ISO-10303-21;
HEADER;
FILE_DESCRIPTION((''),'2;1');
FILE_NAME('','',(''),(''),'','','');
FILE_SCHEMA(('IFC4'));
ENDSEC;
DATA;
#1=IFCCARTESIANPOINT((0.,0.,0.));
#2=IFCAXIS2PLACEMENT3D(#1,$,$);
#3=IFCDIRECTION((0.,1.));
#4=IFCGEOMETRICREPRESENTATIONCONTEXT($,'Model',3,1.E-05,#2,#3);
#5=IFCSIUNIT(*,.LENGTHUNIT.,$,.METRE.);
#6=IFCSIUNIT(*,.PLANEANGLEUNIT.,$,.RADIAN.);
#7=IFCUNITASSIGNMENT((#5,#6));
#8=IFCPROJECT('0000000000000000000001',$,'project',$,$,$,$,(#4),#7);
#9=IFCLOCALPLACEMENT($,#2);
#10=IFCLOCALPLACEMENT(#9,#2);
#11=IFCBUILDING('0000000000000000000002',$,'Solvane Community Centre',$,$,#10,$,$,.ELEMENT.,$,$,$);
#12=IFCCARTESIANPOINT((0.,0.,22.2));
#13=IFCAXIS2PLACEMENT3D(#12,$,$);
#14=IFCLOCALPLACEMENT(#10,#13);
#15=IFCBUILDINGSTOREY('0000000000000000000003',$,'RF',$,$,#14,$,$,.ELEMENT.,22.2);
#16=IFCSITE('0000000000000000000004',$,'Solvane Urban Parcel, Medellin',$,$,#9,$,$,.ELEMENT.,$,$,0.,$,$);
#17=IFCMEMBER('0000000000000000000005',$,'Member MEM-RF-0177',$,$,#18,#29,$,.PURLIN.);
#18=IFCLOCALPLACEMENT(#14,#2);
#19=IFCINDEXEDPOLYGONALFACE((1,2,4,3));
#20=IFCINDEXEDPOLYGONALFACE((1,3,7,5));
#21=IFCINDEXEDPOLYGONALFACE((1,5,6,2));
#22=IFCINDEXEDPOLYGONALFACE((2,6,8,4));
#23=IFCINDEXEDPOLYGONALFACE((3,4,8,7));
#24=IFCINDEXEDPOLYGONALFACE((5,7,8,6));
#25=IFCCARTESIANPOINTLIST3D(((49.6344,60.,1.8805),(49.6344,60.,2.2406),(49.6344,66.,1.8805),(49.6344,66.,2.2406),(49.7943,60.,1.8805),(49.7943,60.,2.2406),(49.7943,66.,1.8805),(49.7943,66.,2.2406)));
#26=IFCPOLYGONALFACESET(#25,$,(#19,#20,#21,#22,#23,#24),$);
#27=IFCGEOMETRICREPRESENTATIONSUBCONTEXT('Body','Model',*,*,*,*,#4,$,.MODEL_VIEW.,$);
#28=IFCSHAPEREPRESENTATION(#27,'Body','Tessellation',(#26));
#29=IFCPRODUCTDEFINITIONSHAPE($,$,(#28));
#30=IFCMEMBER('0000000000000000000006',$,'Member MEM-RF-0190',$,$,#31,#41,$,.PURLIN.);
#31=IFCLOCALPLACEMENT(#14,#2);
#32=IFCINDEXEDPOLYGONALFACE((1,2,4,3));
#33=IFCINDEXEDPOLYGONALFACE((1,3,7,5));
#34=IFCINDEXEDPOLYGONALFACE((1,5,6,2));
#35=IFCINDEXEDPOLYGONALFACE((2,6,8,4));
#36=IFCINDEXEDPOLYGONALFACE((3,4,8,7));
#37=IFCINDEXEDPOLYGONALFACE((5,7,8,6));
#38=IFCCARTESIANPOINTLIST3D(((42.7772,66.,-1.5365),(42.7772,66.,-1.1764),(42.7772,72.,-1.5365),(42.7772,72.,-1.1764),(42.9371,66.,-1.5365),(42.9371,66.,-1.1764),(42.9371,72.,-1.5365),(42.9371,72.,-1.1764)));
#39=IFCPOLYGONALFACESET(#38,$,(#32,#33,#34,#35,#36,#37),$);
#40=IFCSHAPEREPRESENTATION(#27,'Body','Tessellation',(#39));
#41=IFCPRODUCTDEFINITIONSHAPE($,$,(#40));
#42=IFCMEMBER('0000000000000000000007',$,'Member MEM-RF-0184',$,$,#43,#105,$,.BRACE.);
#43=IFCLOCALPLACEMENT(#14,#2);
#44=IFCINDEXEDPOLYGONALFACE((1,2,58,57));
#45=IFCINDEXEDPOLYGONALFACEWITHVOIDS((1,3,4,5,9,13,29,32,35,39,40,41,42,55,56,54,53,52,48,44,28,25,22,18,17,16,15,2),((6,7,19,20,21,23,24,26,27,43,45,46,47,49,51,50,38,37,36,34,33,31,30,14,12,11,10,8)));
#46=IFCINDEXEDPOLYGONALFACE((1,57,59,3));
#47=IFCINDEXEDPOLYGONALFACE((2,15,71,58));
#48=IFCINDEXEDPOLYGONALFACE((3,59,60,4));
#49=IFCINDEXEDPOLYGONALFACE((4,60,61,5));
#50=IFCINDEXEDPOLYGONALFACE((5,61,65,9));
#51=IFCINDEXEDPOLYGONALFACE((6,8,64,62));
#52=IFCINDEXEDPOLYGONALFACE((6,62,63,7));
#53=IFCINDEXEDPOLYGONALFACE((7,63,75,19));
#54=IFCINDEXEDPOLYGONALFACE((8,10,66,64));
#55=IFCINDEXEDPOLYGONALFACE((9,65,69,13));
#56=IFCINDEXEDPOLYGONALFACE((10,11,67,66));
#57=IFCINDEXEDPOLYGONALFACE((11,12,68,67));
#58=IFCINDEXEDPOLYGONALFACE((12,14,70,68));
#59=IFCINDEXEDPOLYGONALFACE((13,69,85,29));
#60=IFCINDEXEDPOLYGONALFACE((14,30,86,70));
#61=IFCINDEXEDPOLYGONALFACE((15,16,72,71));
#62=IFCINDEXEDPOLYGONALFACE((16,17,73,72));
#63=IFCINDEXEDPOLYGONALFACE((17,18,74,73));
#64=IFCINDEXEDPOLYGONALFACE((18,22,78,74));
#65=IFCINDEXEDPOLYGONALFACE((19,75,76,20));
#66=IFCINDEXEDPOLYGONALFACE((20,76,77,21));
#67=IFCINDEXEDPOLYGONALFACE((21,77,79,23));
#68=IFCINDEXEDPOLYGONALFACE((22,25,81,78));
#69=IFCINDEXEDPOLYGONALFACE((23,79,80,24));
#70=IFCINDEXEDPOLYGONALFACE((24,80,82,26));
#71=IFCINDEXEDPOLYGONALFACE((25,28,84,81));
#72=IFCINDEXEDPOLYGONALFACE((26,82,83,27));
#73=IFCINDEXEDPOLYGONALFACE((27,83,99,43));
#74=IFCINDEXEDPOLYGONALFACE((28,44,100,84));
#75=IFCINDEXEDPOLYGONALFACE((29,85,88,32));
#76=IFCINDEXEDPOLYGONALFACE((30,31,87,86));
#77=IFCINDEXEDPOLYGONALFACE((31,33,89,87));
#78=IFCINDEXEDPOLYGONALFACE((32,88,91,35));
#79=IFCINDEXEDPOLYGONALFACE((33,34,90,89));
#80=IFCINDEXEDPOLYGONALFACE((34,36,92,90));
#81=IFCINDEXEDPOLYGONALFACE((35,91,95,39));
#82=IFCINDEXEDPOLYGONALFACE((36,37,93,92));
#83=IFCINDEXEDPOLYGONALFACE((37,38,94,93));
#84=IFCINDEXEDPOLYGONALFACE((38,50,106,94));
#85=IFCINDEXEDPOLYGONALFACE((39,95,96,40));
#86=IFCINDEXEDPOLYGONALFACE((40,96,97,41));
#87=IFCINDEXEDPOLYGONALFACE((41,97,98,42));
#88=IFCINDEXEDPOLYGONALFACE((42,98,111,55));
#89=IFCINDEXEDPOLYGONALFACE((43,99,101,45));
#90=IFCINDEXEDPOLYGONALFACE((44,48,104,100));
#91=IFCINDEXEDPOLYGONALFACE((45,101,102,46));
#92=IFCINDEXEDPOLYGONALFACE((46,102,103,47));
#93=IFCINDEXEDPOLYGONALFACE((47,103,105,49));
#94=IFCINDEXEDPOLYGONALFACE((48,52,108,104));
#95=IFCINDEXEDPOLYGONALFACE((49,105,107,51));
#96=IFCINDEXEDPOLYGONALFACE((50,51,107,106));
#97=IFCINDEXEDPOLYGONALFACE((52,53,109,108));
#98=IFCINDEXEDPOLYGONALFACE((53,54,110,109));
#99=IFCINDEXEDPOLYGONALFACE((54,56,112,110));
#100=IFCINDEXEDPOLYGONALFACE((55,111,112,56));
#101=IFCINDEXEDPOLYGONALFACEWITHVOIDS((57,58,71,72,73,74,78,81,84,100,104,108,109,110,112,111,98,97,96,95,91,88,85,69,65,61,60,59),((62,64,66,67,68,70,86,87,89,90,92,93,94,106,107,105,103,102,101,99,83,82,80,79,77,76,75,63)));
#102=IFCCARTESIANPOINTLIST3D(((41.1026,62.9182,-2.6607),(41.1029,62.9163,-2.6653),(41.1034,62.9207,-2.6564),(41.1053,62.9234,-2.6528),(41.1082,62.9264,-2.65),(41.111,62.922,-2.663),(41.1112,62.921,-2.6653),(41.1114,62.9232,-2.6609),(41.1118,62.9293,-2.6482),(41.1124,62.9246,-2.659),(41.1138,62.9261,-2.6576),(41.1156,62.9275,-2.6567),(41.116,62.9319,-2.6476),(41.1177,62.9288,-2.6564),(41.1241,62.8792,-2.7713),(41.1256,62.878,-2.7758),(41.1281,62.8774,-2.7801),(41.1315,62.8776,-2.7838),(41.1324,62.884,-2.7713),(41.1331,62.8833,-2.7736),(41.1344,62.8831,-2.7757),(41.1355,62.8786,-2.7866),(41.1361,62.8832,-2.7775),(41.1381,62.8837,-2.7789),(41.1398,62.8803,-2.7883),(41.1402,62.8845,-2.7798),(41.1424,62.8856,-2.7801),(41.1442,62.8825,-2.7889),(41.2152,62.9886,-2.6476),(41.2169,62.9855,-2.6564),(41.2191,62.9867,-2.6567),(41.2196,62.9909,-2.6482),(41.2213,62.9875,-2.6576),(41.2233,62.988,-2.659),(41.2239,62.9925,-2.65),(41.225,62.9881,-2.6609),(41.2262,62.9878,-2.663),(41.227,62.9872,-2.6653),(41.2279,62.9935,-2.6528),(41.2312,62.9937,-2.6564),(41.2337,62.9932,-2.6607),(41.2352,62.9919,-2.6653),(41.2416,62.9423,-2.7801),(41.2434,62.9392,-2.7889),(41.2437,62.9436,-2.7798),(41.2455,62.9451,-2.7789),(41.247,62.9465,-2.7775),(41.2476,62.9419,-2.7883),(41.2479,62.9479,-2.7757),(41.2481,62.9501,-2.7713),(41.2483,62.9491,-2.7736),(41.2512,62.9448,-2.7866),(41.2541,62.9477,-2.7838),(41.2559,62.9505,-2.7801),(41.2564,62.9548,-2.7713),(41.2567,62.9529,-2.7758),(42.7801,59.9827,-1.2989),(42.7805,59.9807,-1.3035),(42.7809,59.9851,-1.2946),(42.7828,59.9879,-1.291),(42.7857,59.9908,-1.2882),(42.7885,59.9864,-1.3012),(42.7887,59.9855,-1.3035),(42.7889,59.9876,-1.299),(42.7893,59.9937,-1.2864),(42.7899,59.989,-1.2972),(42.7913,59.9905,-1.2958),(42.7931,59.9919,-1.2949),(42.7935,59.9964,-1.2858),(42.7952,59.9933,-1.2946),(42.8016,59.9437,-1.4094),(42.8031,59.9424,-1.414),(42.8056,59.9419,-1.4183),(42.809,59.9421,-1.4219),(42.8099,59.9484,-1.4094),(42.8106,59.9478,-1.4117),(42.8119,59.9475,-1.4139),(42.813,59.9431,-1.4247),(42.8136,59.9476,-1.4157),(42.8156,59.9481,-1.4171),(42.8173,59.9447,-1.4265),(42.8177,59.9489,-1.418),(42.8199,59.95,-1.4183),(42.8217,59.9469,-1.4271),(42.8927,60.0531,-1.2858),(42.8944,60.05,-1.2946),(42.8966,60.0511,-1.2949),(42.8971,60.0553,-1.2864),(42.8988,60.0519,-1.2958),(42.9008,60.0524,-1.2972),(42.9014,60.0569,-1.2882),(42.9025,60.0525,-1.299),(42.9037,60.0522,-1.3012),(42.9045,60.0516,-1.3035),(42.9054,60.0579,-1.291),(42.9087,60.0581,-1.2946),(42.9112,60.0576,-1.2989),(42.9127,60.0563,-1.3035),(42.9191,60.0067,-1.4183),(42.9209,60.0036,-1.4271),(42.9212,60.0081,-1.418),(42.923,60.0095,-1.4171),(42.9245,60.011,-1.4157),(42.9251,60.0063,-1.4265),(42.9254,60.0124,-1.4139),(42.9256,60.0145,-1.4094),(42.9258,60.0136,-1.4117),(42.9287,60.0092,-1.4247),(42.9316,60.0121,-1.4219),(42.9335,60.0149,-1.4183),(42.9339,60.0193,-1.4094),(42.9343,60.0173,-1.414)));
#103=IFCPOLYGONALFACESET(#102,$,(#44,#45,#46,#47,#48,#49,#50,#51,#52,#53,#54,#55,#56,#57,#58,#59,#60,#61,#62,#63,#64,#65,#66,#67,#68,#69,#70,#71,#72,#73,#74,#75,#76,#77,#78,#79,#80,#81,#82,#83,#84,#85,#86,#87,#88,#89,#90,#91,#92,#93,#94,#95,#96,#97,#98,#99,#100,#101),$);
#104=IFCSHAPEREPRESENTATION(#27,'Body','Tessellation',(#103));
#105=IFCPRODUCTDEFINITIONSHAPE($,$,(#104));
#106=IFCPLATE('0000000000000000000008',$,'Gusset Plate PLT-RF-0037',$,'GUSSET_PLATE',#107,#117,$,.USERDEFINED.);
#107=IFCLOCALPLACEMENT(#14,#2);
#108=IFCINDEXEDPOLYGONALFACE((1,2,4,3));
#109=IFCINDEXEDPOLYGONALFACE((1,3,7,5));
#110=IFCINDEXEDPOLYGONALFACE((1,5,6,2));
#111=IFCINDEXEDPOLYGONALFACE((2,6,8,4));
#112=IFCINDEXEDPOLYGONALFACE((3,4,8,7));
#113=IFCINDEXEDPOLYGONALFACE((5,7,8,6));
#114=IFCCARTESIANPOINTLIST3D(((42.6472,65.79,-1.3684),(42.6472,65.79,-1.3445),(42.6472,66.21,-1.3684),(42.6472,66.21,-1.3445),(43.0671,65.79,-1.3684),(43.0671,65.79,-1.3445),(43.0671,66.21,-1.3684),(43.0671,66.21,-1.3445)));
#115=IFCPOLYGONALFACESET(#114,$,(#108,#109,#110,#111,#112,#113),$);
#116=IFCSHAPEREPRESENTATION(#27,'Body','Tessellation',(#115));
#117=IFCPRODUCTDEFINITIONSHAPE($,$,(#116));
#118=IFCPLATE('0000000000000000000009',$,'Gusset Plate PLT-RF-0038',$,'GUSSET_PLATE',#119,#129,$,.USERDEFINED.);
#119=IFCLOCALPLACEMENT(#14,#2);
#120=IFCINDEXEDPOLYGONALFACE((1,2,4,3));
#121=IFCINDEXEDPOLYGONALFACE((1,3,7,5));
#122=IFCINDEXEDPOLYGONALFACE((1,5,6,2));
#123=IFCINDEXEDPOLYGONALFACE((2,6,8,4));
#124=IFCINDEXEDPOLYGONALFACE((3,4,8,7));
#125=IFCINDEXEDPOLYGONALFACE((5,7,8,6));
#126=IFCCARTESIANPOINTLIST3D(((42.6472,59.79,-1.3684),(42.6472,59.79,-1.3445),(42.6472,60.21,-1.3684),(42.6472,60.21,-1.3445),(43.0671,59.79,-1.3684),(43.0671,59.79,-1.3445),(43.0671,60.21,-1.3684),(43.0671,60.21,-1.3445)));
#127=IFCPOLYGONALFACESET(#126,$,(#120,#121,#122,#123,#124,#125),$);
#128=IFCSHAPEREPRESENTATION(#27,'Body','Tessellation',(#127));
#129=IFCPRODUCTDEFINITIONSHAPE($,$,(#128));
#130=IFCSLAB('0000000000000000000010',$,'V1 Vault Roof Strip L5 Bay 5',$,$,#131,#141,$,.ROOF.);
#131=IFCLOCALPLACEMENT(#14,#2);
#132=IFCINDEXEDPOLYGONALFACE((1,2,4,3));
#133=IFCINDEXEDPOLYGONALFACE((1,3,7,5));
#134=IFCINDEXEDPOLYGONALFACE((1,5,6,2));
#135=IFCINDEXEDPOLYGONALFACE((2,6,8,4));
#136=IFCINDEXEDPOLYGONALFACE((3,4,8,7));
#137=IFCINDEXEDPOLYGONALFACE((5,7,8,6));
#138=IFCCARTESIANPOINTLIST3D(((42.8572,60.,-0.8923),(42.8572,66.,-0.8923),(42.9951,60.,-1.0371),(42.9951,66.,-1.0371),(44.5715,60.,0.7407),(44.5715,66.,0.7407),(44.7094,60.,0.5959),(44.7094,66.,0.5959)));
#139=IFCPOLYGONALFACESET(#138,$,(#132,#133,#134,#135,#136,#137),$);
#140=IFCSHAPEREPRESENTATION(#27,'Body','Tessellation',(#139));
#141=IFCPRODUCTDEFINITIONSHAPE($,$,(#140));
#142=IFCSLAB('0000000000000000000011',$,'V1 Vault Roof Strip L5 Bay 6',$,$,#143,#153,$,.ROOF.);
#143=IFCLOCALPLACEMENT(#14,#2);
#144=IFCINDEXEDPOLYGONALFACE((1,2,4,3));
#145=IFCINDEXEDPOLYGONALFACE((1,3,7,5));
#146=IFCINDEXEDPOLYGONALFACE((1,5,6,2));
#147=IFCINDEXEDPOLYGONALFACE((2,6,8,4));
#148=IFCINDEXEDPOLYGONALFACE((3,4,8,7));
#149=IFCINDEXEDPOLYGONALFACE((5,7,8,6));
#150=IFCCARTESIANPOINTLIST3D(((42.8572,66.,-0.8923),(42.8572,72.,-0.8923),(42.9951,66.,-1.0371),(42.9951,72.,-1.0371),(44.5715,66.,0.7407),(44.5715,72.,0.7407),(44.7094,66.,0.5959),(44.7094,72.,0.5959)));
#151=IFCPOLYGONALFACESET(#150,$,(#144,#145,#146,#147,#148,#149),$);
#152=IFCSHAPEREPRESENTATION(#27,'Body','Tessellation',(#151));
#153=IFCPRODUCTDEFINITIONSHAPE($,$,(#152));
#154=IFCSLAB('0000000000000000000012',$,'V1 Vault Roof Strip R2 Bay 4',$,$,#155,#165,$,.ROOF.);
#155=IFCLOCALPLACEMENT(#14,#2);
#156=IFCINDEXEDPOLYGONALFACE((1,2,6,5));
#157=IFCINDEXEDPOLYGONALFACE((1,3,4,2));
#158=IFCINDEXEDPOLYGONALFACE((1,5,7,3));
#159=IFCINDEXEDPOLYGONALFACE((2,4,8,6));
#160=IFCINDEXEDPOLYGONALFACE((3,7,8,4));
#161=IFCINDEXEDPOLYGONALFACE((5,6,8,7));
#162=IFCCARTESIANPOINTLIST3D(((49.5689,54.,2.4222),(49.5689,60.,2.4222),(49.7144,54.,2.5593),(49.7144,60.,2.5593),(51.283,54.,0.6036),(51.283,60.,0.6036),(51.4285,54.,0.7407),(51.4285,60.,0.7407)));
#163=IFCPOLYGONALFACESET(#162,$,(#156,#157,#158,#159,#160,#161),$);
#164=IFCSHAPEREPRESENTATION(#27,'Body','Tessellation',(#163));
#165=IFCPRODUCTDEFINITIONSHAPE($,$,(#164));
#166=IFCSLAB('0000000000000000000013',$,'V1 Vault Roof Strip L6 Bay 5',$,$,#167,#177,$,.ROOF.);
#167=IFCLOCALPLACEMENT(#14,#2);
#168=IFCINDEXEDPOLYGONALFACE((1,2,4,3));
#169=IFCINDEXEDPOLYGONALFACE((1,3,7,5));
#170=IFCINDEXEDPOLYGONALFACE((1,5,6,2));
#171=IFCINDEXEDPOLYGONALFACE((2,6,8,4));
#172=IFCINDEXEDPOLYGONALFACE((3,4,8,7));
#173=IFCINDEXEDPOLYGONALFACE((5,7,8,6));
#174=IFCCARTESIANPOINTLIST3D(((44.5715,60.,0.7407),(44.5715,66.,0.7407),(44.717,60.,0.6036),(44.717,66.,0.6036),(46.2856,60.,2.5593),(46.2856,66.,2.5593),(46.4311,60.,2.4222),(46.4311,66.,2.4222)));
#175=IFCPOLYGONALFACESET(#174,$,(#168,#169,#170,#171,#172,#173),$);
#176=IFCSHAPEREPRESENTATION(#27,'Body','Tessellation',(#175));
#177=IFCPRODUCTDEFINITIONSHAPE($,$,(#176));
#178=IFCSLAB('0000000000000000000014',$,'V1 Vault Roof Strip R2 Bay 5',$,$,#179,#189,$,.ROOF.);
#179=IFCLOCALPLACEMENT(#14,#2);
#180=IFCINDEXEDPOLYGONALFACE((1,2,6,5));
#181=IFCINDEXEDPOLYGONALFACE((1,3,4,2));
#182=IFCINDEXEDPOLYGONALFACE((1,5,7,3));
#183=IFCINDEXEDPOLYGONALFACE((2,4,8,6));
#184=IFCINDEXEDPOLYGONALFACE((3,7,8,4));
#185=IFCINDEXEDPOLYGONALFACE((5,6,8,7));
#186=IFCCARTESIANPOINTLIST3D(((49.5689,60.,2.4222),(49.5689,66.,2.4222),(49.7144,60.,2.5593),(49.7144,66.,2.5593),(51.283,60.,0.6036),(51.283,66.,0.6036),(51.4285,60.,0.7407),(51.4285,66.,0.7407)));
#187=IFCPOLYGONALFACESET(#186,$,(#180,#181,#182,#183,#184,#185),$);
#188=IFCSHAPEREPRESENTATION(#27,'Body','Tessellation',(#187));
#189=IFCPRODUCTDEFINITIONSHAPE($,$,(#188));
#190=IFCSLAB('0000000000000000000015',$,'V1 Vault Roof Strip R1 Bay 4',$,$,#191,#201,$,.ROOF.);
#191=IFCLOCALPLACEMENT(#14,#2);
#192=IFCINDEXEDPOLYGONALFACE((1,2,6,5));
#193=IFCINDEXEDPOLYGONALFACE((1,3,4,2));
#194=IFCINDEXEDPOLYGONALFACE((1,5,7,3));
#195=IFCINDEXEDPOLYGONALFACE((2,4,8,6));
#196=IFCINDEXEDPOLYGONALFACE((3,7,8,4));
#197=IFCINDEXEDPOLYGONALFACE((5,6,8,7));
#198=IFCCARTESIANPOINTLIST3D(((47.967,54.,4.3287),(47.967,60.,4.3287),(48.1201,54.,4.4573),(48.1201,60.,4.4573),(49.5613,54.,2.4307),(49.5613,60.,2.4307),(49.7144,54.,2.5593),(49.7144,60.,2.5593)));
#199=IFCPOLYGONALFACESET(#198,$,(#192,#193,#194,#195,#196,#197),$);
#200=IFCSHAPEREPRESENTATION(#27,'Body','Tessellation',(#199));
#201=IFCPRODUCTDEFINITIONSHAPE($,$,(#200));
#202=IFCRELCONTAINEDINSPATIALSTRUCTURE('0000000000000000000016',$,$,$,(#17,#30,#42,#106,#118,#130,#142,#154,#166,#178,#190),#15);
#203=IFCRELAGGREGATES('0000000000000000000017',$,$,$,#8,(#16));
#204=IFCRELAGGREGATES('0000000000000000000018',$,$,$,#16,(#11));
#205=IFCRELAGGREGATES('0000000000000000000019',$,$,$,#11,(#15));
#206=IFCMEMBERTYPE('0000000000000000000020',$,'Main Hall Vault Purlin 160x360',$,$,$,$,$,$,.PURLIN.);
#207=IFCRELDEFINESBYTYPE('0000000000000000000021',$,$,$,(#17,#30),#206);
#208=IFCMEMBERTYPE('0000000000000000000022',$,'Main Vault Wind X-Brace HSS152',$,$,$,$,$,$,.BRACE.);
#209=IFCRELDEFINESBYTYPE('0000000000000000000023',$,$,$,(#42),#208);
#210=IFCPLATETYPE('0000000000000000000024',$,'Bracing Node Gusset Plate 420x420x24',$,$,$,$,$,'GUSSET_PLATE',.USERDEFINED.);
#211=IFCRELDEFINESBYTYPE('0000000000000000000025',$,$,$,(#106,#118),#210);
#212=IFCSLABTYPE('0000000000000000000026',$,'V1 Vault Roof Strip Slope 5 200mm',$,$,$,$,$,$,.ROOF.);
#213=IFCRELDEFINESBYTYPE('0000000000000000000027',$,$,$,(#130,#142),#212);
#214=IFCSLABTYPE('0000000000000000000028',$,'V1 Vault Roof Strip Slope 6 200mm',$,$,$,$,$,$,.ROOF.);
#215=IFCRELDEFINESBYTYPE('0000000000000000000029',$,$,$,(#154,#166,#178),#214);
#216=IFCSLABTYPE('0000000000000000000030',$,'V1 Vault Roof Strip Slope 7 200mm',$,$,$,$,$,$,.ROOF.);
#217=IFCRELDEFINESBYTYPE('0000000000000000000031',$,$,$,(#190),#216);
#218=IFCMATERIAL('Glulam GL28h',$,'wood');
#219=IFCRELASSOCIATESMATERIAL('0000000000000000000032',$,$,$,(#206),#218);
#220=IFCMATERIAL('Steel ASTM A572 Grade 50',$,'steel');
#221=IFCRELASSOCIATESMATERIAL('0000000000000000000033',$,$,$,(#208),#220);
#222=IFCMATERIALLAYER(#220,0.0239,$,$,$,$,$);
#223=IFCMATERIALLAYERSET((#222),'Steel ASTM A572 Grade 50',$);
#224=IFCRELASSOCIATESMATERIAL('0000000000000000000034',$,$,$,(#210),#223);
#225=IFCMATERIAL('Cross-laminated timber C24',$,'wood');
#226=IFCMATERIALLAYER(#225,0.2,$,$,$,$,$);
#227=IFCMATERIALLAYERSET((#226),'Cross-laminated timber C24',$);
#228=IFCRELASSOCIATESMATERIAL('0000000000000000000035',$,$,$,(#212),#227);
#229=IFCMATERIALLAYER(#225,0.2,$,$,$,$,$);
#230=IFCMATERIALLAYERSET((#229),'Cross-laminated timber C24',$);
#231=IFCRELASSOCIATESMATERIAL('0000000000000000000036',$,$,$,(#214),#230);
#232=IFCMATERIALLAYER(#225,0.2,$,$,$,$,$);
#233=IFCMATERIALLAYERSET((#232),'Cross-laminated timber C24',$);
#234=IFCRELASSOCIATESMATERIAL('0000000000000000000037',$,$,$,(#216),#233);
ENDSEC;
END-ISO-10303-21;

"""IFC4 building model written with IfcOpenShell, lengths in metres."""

from ifc_helpers import new_model, si_unit, direction, frame, origin, origin_2d, place, context, subcontext, project, spatial, polyline, rectangle, hollow_rectangle, outline, extrude, material, layer, layer_set, material_profile, profile_set, type_object, element, save


model = new_model("IFC4")

# Units and contexts
model_context = context("Model", 3, precision=1e-05, world=origin(), true_north=direction((0.0, 1.0)))
body_context = subcontext(model_context, "Body", "Model", "MODEL_VIEW")
ifc_project = project(units=[si_unit("LENGTHUNIT", "METRE"), si_unit("PLANEANGLEUNIT", "RADIAN")], contexts=[model_context])

# Site, building, storey
site_placement = place(None, origin())
site = spatial("IfcSite", under=ifc_project, at=site_placement, Name="Solvane Urban Parcel, Medellin", CompositionType="ELEMENT", RefElevation=0.0)
building_placement = place(site_placement, origin())
building = spatial("IfcBuilding", under=site, at=building_placement, Name="Solvane Community Centre", CompositionType="ELEMENT")
storey_placement = place(building_placement, frame((0.0, 0.0, 22.2)))
storey = spatial("IfcBuildingStorey", under=building, at=storey_placement, Name="RF", CompositionType="ELEMENT", Elevation=22.2)

# Members
ifc_material_1 = material(Name="Glulam GL28h", Category="wood")
ifc_material_profile_1 = material_profile(ifc_material_1, rectangle(XDim=0.1599, YDim=0.3601, at=origin_2d()), Name="GL28h 160x360")
ifc_profile_set_1 = profile_set([ifc_material_profile_1], Name="Glulam GL28h")
member_type_1 = type_object("IfcMemberType", Name="Main Hall Vault Purlin 160x360", PredefinedType="PURLIN", material=ifc_profile_set_1)
for number, where, z_axis, x_axis, name in (
    (1, (49.7144, 60.0, 2.0605), (0.0, 1.0, 0.0), (-1.0, 0.0, 0.0), "Member MEM-RF-0177"),
    (2, (42.8572, 66.0, -1.3564), (0.0, 1.0, 0.0), (-1.0, 0.0, 0.0), "Member MEM-RF-0190"),
):
    element("IfcMember", number, at=place(storey_placement, frame(where, z_axis=z_axis, x_axis=x_axis)), inside=storey, type_object=member_type_1, Name=name, PredefinedType="PURLIN", context=body_context, shape_type="SweptSolid", body=[
        extrude(rectangle(XDim=0.1599, YDim=0.3601, at=origin_2d()), origin(), (0.0, 0.0, 1.0), 6.0),
    ])
ifc_material_2 = material(Name="Steel ASTM A572 Grade 50", Category="steel")
ifc_material_profile_2 = material_profile(ifc_material_2, hollow_rectangle(XDim=0.1523, YDim=0.1523, WallThickness=0.0095, InnerFilletRadius=0.0095, OuterFilletRadius=0.019, at=origin_2d()), Name="HSS 152x152x9.5")
ifc_profile_set_2 = profile_set([ifc_material_profile_2], Name="Steel ASTM A572 Grade 50")
member_type_2 = type_object("IfcMemberType", Name="Main Vault Wind X-Brace HSS152", PredefinedType="BRACE", material=ifc_profile_set_2)
member_1_placement = place(storey_placement, frame((42.8572, 60.0, -1.3564), z_axis=(-0.460218, 0.805365, -0.373613), x_axis=(-0.868239, -0.496147, 0.0)))
element("IfcMember", 3, at=member_1_placement, inside=storey, type_object=member_type_2, Name="Member MEM-RF-0184", PredefinedType="BRACE", context=body_context, shape_type="SweptSolid", body=[
    extrude(hollow_rectangle(XDim=0.1523, YDim=0.1523, WallThickness=0.0095, InnerFilletRadius=0.0095, OuterFilletRadius=0.019, at=origin_2d()), origin(), (0.0, 0.0, 1.0), 3.645),
])

# Plates
ifc_layer_1 = layer(ifc_material_2, 0.0239)
ifc_layer_set_1 = layer_set([ifc_layer_1], Name="Steel ASTM A572 Grade 50")
plate_type_1 = type_object("IfcPlateType", Name="Bracing Node Gusset Plate 420x420x24", ElementType="GUSSET_PLATE", PredefinedType="USERDEFINED", material=ifc_layer_set_1)
for number, where, z_axis, x_axis, name in (
    (4, (42.8572, 66.0, -1.3684), (0.0, 0.0, 1.0), (1.0, 0.0, 0.0), "Gusset Plate PLT-RF-0037"),
    (5, (42.8572, 60.0, -1.3684), (0.0, 0.0, 1.0), (1.0, 0.0, 0.0), "Gusset Plate PLT-RF-0038"),
):
    element("IfcPlate", number, at=place(storey_placement, frame(where, z_axis=z_axis, x_axis=x_axis)), inside=storey, type_object=plate_type_1, Name=name, ObjectType="GUSSET_PLATE", PredefinedType="USERDEFINED", context=body_context, shape_type="SweptSolid", body=[
        extrude(rectangle(XDim=0.4199, YDim=0.4199, at=origin_2d()), origin(), (0.0, 0.0, 1.0), 0.0239),
    ])

# Slabs
ifc_material_3 = material(Name="Cross-laminated timber C24", Category="wood")
ifc_layer_2 = layer(ifc_material_3, 0.2)
ifc_layer_set_2 = layer_set([ifc_layer_2], Name="Cross-laminated timber C24")
slab_type_1 = type_object("IfcSlabType", Name="V1 Vault Roof Strip Slope 5 200mm", PredefinedType="ROOF", material=ifc_layer_set_2)
for number, where, z_axis, x_axis, name in (
    (6, (42.8572, 60.0, -0.8923), (-0.68973, 0.0, 0.724067), (0.724067, 0.0, 0.68973), "V1 Vault Roof Strip L5 Bay 5"),
    (7, (42.8572, 66.0, -0.8923), (-0.68973, 0.0, 0.724067), (0.724067, 0.0, 0.68973), "V1 Vault Roof Strip L5 Bay 6"),
):
    element("IfcSlab", number, at=place(storey_placement, frame(where, z_axis=z_axis, x_axis=x_axis)), inside=storey, type_object=slab_type_1, Name=name, PredefinedType="ROOF", context=body_context, shape_type="SweptSolid", body=[
        extrude(outline(polyline([(0.0, 0.0), (2.3677, 0.0), (2.3677, 6.0), (0.0, 6.0), (0.0, 0.0)])), origin(), (0.0, 0.0, -1.0), 0.2),
    ])
ifc_layer_3 = layer(ifc_material_3, 0.2)
ifc_layer_set_3 = layer_set([ifc_layer_3], Name="Cross-laminated timber C24")
slab_type_2 = type_object("IfcSlabType", Name="V1 Vault Roof Strip Slope 6 200mm", PredefinedType="ROOF", material=ifc_layer_set_3)
for number, where, z_axis, x_axis, name in (
    (8, (49.7144, 54.0, 2.5593), (0.727704, 0.0, 0.685892), (0.685892, 0.0, -0.727704), "V1 Vault Roof Strip R2 Bay 4"),
    (9, (44.5715, 60.0, 0.7407), (-0.727704, 0.0, 0.685892), (0.685892, 0.0, 0.727704), "V1 Vault Roof Strip L6 Bay 5"),
    (10, (49.7144, 60.0, 2.5593), (0.727704, 0.0, 0.685892), (0.685892, 0.0, -0.727704), "V1 Vault Roof Strip R2 Bay 5"),
):
    element("IfcSlab", number, at=place(storey_placement, frame(where, z_axis=z_axis, x_axis=x_axis)), inside=storey, type_object=slab_type_2, Name=name, PredefinedType="ROOF", context=body_context, shape_type="SweptSolid", body=[
        extrude(outline(polyline([(0.0, 0.0), (2.4991, 0.0), (2.4991, 6.0), (0.0, 6.0), (0.0, 0.0)])), origin(), (0.0, 0.0, -1.0), 0.2),
    ])
ifc_layer_4 = layer(ifc_material_3, 0.2)
ifc_layer_set_4 = layer_set([ifc_layer_4], Name="Cross-laminated timber C24")
slab_type_3 = type_object("IfcSlabType", Name="V1 Vault Roof Strip Slope 7 200mm", PredefinedType="ROOF", material=ifc_layer_set_4)
for number, where, z_axis, x_axis, name in (
    (11, (48.1201, 54.0, 4.4573), (0.765713, 0.0, 0.643183), (0.643183, 0.0, -0.765713), "V1 Vault Roof Strip R1 Bay 4"),
):
    element("IfcSlab", number, at=place(storey_placement, frame(where, z_axis=z_axis, x_axis=x_axis)), inside=storey, type_object=slab_type_3, Name=name, PredefinedType="ROOF", context=body_context, shape_type="SweptSolid", body=[
        extrude(outline(polyline([(0.0, 0.0), (2.4787, 0.0), (2.4787, 6.0), (0.0, 6.0), (0.0, 0.0)])), origin(), (0.0, 0.0, -1.0), 0.2),
    ])

save(model, "model.ifc")
